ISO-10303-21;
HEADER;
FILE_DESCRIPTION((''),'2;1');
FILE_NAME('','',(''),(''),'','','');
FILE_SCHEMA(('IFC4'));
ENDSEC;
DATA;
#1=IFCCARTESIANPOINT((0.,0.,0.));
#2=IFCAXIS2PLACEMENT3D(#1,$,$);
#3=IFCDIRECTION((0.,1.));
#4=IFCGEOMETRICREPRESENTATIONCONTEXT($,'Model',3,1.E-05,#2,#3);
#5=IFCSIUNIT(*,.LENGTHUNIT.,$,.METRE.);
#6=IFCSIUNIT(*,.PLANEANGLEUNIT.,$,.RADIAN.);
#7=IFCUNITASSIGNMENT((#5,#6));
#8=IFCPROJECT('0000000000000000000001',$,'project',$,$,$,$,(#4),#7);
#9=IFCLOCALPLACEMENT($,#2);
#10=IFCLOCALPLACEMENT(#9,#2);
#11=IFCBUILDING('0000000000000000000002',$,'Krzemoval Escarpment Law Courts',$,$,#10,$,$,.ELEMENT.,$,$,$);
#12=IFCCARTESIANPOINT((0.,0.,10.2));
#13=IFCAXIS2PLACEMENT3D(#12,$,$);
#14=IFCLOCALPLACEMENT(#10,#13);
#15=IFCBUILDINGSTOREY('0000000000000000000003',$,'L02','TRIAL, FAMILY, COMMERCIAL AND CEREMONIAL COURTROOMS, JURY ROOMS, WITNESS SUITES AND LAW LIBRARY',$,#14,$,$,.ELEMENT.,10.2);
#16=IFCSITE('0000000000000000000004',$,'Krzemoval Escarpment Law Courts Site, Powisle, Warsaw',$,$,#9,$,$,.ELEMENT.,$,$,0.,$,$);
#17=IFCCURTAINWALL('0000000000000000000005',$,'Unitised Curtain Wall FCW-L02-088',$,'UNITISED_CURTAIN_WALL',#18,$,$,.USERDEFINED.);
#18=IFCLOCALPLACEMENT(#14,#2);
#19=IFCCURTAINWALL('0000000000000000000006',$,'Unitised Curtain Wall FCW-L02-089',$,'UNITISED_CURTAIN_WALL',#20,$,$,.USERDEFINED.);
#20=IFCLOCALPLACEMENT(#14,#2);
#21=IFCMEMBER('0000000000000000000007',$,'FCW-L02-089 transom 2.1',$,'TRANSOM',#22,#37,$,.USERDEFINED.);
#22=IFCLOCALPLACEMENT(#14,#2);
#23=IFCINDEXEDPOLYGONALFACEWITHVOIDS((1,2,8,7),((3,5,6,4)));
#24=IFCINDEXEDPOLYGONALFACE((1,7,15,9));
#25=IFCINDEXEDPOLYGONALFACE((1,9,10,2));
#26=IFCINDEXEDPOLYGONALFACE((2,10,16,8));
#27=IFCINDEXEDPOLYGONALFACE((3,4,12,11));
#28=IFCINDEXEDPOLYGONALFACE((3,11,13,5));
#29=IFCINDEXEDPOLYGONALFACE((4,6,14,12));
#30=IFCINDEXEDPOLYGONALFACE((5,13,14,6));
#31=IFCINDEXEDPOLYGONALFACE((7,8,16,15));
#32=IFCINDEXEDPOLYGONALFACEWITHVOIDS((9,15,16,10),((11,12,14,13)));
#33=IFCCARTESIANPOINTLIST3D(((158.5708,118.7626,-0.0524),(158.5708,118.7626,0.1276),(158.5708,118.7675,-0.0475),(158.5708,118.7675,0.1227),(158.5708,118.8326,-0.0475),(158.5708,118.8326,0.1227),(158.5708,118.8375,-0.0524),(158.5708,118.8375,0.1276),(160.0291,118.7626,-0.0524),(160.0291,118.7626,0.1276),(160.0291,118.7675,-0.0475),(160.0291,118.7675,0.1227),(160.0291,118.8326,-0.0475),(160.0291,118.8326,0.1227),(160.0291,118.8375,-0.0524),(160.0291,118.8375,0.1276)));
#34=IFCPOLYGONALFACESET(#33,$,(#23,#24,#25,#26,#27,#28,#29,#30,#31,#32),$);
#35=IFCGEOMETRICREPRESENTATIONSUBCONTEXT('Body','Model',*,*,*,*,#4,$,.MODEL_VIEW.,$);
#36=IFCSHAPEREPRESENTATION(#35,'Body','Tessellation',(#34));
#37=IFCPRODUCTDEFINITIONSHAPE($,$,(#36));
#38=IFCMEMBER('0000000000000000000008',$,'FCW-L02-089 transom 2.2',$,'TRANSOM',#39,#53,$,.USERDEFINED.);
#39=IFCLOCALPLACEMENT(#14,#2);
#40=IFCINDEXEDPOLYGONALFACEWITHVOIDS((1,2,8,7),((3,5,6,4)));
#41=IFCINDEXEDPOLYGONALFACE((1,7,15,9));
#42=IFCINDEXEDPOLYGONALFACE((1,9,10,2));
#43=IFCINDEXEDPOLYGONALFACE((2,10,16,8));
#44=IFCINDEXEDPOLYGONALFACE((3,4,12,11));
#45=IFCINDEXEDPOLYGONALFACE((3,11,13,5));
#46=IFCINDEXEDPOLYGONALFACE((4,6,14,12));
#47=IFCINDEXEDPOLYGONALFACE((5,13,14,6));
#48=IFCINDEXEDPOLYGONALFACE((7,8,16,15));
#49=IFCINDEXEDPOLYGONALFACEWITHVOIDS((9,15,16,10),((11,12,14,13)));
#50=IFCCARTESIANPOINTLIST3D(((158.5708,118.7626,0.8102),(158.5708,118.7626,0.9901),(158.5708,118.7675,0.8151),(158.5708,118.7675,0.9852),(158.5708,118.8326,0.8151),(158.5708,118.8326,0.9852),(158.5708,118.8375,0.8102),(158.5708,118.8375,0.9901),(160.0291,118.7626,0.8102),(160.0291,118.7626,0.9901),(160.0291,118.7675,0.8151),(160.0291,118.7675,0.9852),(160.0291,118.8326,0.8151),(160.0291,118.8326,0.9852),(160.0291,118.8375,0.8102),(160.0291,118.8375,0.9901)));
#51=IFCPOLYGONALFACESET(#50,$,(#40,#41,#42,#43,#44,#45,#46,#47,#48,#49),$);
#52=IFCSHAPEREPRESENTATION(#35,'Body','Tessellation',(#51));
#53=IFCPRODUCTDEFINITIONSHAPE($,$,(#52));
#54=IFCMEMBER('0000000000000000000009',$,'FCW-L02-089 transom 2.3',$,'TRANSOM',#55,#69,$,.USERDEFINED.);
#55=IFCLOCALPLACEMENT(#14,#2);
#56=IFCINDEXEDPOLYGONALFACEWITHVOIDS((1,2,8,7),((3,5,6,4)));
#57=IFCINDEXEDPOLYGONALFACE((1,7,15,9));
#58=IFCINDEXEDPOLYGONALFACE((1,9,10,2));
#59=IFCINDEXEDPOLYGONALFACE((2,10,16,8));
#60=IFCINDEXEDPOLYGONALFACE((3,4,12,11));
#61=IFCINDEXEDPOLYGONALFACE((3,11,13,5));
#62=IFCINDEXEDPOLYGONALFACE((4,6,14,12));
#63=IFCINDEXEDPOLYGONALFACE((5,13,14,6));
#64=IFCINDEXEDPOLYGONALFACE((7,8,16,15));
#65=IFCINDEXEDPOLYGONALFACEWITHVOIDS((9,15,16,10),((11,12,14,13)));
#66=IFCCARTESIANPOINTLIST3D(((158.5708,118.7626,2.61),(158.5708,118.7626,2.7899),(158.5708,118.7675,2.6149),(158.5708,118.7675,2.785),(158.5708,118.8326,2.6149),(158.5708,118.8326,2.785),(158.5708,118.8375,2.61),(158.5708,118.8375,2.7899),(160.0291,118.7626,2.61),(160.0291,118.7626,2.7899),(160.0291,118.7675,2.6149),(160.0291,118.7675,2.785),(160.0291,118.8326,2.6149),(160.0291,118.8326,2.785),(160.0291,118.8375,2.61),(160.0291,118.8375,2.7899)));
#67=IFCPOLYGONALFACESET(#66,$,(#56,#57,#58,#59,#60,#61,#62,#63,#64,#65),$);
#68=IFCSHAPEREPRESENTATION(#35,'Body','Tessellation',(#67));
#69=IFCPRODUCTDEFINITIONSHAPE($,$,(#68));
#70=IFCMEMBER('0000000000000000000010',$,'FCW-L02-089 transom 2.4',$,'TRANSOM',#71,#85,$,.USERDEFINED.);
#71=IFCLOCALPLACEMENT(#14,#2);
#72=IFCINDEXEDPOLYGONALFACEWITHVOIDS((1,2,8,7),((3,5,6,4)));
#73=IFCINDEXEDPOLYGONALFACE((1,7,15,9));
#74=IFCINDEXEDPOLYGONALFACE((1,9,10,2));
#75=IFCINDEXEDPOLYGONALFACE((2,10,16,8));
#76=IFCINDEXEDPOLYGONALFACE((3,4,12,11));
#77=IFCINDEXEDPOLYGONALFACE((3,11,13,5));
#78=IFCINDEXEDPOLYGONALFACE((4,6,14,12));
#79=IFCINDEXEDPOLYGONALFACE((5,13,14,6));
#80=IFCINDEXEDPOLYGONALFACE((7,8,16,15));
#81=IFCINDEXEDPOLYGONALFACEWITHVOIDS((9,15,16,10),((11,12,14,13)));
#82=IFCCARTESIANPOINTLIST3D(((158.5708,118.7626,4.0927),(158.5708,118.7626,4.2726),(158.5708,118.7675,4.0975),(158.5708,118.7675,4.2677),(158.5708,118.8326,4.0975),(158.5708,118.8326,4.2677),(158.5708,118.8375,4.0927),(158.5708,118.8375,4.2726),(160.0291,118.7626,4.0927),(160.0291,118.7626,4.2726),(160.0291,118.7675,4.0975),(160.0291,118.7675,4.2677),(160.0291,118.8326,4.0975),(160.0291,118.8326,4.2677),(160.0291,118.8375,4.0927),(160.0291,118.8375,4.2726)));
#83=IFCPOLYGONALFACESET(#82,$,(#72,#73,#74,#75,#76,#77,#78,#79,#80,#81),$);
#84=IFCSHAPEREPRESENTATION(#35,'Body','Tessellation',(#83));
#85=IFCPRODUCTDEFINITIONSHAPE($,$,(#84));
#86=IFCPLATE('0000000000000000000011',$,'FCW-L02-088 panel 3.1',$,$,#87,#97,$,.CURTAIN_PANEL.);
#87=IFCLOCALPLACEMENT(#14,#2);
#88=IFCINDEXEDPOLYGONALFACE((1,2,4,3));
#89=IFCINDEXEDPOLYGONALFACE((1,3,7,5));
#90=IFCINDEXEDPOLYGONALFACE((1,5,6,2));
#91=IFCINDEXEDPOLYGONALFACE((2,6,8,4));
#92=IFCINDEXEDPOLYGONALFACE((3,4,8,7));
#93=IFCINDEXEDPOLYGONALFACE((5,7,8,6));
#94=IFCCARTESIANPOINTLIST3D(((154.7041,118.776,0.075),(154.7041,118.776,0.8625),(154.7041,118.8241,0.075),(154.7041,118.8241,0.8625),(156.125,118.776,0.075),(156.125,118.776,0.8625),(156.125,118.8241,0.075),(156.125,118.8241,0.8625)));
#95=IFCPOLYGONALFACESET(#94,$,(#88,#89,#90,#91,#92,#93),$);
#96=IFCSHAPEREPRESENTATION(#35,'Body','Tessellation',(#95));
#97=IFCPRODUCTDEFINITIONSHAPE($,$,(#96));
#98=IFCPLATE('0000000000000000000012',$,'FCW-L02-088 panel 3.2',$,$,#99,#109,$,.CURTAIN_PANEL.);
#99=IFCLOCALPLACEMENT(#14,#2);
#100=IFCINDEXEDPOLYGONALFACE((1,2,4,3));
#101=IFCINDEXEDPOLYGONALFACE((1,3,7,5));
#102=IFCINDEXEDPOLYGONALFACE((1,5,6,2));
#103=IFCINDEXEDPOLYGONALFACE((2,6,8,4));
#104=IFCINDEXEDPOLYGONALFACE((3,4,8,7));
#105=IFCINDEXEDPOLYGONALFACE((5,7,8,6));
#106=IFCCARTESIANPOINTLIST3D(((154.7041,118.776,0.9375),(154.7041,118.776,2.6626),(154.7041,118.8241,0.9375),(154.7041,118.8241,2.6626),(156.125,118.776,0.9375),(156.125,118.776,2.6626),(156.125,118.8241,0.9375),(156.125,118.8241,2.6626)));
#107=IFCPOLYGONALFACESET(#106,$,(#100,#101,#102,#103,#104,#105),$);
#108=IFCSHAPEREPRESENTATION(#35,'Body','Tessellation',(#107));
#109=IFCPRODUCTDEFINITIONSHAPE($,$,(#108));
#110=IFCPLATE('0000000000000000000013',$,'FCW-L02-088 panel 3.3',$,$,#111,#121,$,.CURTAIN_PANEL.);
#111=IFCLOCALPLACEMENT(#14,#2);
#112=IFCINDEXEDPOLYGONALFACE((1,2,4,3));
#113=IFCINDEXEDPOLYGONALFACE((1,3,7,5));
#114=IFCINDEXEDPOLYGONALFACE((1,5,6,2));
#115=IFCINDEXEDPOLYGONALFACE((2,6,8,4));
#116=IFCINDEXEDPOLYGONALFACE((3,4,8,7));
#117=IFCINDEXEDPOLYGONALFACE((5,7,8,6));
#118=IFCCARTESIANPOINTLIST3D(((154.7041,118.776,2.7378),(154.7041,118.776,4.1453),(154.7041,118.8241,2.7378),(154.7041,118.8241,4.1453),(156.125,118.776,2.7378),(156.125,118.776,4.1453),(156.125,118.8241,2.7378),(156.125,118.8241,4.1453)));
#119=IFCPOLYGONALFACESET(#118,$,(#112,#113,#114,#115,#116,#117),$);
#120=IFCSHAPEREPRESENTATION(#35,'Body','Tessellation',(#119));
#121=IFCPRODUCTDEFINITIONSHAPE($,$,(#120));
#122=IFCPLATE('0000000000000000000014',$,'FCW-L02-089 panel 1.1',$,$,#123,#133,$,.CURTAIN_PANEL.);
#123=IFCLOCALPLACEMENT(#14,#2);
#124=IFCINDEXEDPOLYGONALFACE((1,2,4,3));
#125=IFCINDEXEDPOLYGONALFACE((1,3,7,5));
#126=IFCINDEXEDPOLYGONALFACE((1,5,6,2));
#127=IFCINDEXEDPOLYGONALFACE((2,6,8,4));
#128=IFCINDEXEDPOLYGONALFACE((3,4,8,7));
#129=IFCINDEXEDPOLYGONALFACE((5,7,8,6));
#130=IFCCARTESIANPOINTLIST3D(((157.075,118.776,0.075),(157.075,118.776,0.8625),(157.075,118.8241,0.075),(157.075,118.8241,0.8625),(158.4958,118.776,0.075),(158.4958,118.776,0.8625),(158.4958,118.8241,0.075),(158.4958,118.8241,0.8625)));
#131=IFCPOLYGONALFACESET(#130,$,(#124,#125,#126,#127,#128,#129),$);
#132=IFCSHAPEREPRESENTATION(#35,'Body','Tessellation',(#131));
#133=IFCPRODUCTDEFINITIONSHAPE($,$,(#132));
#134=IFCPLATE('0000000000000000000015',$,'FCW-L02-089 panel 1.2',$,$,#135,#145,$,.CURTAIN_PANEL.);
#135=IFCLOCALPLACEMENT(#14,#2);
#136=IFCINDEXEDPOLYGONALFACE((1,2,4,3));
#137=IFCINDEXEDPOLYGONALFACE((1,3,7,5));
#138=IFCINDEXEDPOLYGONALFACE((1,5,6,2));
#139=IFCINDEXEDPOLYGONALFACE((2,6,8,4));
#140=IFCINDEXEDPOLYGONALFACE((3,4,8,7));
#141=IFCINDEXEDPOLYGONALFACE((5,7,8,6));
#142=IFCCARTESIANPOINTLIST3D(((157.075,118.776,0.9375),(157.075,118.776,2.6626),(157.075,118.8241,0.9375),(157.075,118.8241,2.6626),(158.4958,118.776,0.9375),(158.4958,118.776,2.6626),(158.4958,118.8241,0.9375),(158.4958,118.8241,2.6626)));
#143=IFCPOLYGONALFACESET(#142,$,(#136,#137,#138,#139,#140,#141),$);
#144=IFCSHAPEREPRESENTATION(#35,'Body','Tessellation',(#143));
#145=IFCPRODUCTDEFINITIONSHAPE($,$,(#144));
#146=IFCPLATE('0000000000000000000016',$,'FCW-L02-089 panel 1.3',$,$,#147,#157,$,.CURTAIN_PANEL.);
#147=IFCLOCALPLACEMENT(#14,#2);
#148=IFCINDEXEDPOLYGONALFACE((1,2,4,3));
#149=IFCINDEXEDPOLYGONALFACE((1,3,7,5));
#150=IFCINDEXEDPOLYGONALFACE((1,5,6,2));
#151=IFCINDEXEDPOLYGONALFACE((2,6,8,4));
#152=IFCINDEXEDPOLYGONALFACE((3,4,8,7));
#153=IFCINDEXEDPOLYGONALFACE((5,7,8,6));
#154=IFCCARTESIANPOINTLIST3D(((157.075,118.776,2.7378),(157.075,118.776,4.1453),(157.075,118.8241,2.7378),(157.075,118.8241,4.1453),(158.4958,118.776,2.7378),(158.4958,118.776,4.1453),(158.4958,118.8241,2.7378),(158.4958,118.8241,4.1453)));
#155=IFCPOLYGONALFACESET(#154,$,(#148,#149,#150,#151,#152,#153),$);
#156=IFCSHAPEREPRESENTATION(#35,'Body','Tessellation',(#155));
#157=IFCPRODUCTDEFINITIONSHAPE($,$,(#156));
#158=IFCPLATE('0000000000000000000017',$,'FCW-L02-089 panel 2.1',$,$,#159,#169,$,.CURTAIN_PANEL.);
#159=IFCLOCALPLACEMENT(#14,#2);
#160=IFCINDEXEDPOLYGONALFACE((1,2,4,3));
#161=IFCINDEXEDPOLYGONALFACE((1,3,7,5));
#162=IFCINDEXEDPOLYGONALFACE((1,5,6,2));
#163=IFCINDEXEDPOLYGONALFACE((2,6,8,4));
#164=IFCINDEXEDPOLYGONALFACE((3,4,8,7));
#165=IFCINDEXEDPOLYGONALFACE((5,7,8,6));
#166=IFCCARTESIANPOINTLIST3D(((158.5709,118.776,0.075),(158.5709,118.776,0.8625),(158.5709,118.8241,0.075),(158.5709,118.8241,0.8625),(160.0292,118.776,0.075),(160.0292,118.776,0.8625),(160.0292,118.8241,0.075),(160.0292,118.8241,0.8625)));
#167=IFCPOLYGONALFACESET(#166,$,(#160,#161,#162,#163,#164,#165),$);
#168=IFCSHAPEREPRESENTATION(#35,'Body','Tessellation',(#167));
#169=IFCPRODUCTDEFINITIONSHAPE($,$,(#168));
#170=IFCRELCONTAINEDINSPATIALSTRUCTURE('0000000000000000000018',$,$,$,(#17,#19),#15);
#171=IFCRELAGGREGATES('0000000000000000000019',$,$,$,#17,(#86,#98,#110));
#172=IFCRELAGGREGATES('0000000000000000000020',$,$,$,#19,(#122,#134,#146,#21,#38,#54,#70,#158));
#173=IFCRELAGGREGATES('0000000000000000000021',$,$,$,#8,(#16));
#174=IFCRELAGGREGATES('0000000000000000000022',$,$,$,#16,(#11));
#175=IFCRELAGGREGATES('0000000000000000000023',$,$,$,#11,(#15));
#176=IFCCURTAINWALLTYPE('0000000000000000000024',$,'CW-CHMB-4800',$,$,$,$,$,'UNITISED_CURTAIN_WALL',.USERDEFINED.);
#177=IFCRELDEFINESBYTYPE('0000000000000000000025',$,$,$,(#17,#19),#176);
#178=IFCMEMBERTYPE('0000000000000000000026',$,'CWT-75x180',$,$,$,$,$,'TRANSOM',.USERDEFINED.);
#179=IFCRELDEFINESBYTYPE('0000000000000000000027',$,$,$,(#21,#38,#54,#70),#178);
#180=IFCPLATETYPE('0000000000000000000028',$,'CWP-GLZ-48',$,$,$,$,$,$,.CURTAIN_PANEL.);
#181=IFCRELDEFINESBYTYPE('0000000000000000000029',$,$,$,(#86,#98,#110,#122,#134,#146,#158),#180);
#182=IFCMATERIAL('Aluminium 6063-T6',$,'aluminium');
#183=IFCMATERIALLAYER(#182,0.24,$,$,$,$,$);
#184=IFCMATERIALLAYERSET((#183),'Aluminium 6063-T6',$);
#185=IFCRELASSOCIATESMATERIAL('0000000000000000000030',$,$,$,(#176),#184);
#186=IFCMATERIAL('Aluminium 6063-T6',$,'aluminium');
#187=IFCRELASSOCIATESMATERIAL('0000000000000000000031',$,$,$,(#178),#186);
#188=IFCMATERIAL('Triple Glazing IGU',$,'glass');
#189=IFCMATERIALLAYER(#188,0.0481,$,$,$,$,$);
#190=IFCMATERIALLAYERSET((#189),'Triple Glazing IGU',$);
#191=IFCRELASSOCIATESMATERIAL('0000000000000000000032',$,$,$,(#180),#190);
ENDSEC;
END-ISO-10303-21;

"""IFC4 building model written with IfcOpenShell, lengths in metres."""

from ifc_helpers import new_model, si_unit, direction, frame, origin, origin_2d, place, context, subcontext, project, spatial, rectangle, hollow_rectangle, extrude, material, layer, layer_set, material_profile, profile_set, type_object, element, aggregate, save


model = new_model("IFC4")

# Units and contexts
model_context = context("Model", 3, precision=1e-05, world=origin(), true_north=direction((0.0, 1.0)))
body_context = subcontext(model_context, "Body", "Model", "MODEL_VIEW")
ifc_project = project(units=[si_unit("LENGTHUNIT", "METRE"), si_unit("PLANEANGLEUNIT", "RADIAN")], contexts=[model_context])

# Site, building, storey
site_placement = place(None, origin())
site = spatial("IfcSite", under=ifc_project, at=site_placement, Name="Krzemoval Escarpment Law Courts Site, Powisle, Warsaw", CompositionType="ELEMENT", RefElevation=0.0)
building_placement = place(site_placement, origin())
building = spatial("IfcBuilding", under=site, at=building_placement, Name="Krzemoval Escarpment Law Courts", CompositionType="ELEMENT")
storey_placement = place(building_placement, frame((0.0, 0.0, 10.2)))
storey = spatial("IfcBuildingStorey", under=building, at=storey_placement, Name="L02", Description="TRIAL, FAMILY, COMMERCIAL AND CEREMONIAL COURTROOMS, JURY ROOMS, WITNESS SUITES AND LAW LIBRARY", CompositionType="ELEMENT", Elevation=10.2)

# Curtain wall
ifc_material_1 = material(Name="Aluminium 6063-T6", Category="aluminium")
ifc_layer_1 = layer(ifc_material_1, 0.24)
ifc_layer_set_1 = layer_set([ifc_layer_1], Name="Aluminium 6063-T6")
curtain_wall_type = type_object("IfcCurtainWallType", Name="CW-CHMB-4800", ElementType="UNITISED_CURTAIN_WALL", PredefinedType="USERDEFINED", material=ifc_layer_set_1)
curtain_wall_1_placement = place(storey_placement, origin())
curtain_wall_1 = element("IfcCurtainWall", 1, at=curtain_wall_1_placement, inside=storey, type_object=curtain_wall_type, Name="Unitised Curtain Wall FCW-L02-088", ObjectType="UNITISED_CURTAIN_WALL", PredefinedType="USERDEFINED")

# Curtain wall
curtain_wall_2_placement = place(storey_placement, origin())
curtain_wall_2 = element("IfcCurtainWall", 2, at=curtain_wall_2_placement, inside=storey, type_object=curtain_wall_type, Name="Unitised Curtain Wall FCW-L02-089", ObjectType="UNITISED_CURTAIN_WALL", PredefinedType="USERDEFINED")

# Members
ifc_material_2 = material(Name="Aluminium 6063-T6", Category="aluminium")
ifc_material_profile_1 = material_profile(ifc_material_2, hollow_rectangle(XDim=0.075, YDim=0.1799, WallThickness=0.0049, at=origin_2d()), Name="ALU T75x180")
ifc_profile_set_1 = profile_set([ifc_material_profile_1], Name="Aluminium 6063-T6")
member_type_1 = type_object("IfcMemberType", Name="CWT-75x180", ElementType="TRANSOM", PredefinedType="USERDEFINED", material=ifc_profile_set_1)
member_1_placement = place(storey_placement, frame((158.5708, 118.8, 0.0376), z_axis=(1.0, 0.0, 0.0), x_axis=(0.0, 1.0, 0.0)))
member_1 = element("IfcMember", 3, at=member_1_placement, type_object=member_type_1, Name="FCW-L02-089 transom 2.1", ObjectType="TRANSOM", PredefinedType="USERDEFINED", context=body_context, shape_type="SweptSolid", body=[
    extrude(hollow_rectangle(XDim=0.075, YDim=0.1799, WallThickness=0.0049, at=origin_2d()), origin(), (0.0, 0.0, 1.0), 1.4583),
])
member_2_placement = place(storey_placement, frame((158.5708, 118.8, 0.9001), z_axis=(1.0, 0.0, 0.0), x_axis=(0.0, 1.0, 0.0)))
member_2 = element("IfcMember", 4, at=member_2_placement, type_object=member_type_1, Name="FCW-L02-089 transom 2.2", ObjectType="TRANSOM", PredefinedType="USERDEFINED", context=body_context, shape_type="SweptSolid", body=[
    extrude(hollow_rectangle(XDim=0.075, YDim=0.1799, WallThickness=0.0049, at=origin_2d()), origin(), (0.0, 0.0, 1.0), 1.4583),
])
member_3_placement = place(storey_placement, frame((158.5708, 118.8, 2.7), z_axis=(1.0, 0.0, 0.0), x_axis=(0.0, 1.0, 0.0)))
member_3 = element("IfcMember", 5, at=member_3_placement, type_object=member_type_1, Name="FCW-L02-089 transom 2.3", ObjectType="TRANSOM", PredefinedType="USERDEFINED", context=body_context, shape_type="SweptSolid", body=[
    extrude(hollow_rectangle(XDim=0.075, YDim=0.1799, WallThickness=0.0049, at=origin_2d()), origin(), (0.0, 0.0, 1.0), 1.4583),
])
member_4_placement = place(storey_placement, frame((158.5708, 118.8, 4.1826), z_axis=(1.0, 0.0, 0.0), x_axis=(0.0, 1.0, 0.0)))
member_4 = element("IfcMember", 6, at=member_4_placement, type_object=member_type_1, Name="FCW-L02-089 transom 2.4", ObjectType="TRANSOM", PredefinedType="USERDEFINED", context=body_context, shape_type="SweptSolid", body=[
    extrude(hollow_rectangle(XDim=0.075, YDim=0.1799, WallThickness=0.0049, at=origin_2d()), origin(), (0.0, 0.0, 1.0), 1.4583),
])

# Plates
ifc_material_3 = material(Name="Triple Glazing IGU", Category="glass")
ifc_layer_2 = layer(ifc_material_3, 0.0481)
ifc_layer_set_2 = layer_set([ifc_layer_2], Name="Triple Glazing IGU")
plate_type = type_object("IfcPlateType", Name="CWP-GLZ-48", PredefinedType="CURTAIN_PANEL", material=ifc_layer_set_2)
plate_1_placement = place(storey_placement, frame((155.4146, 118.8, 0.075), z_axis=(0.0, 0.0, 1.0), x_axis=(1.0, 0.0, 0.0)))
plate_1 = element("IfcPlate", 7, at=plate_1_placement, type_object=plate_type, Name="FCW-L02-088 panel 3.1", PredefinedType="CURTAIN_PANEL", context=body_context, shape_type="SweptSolid", body=[
    extrude(rectangle(XDim=1.4209, YDim=0.0481, at=origin_2d()), origin(), (0.0, 0.0, 1.0), 0.7876),
])
plate_2_placement = place(storey_placement, frame((155.4146, 118.8, 0.9375), z_axis=(0.0, 0.0, 1.0), x_axis=(1.0, 0.0, 0.0)))
plate_2 = element("IfcPlate", 8, at=plate_2_placement, type_object=plate_type, Name="FCW-L02-088 panel 3.2", PredefinedType="CURTAIN_PANEL", context=body_context, shape_type="SweptSolid", body=[
    extrude(rectangle(XDim=1.4209, YDim=0.0481, at=origin_2d()), origin(), (0.0, 0.0, 1.0), 1.7251),
])
plate_3_placement = place(storey_placement, frame((155.4146, 118.8, 2.7378), z_axis=(0.0, 0.0, 1.0), x_axis=(1.0, 0.0, 0.0)))
plate_3 = element("IfcPlate", 9, at=plate_3_placement, type_object=plate_type, Name="FCW-L02-088 panel 3.3", PredefinedType="CURTAIN_PANEL", context=body_context, shape_type="SweptSolid", body=[
    extrude(rectangle(XDim=1.4209, YDim=0.0481, at=origin_2d()), origin(), (0.0, 0.0, 1.0), 1.4075),
])
aggregate(curtain_wall_1, [plate_1, plate_2, plate_3])
plate_4_placement = place(storey_placement, frame((157.7854, 118.8, 0.075), z_axis=(0.0, 0.0, 1.0), x_axis=(1.0, 0.0, 0.0)))
plate_4 = element("IfcPlate", 10, at=plate_4_placement, type_object=plate_type, Name="FCW-L02-089 panel 1.1", PredefinedType="CURTAIN_PANEL", context=body_context, shape_type="SweptSolid", body=[
    extrude(rectangle(XDim=1.4209, YDim=0.0481, at=origin_2d()), origin(), (0.0, 0.0, 1.0), 0.7876),
])
plate_5_placement = place(storey_placement, frame((157.7854, 118.8, 0.9375), z_axis=(0.0, 0.0, 1.0), x_axis=(1.0, 0.0, 0.0)))
plate_5 = element("IfcPlate", 11, at=plate_5_placement, type_object=plate_type, Name="FCW-L02-089 panel 1.2", PredefinedType="CURTAIN_PANEL", context=body_context, shape_type="SweptSolid", body=[
    extrude(rectangle(XDim=1.4209, YDim=0.0481, at=origin_2d()), origin(), (0.0, 0.0, 1.0), 1.7251),
])
plate_6_placement = place(storey_placement, frame((157.7854, 118.8, 2.7378), z_axis=(0.0, 0.0, 1.0), x_axis=(1.0, 0.0, 0.0)))
plate_6 = element("IfcPlate", 12, at=plate_6_placement, type_object=plate_type, Name="FCW-L02-089 panel 1.3", PredefinedType="CURTAIN_PANEL", context=body_context, shape_type="SweptSolid", body=[
    extrude(rectangle(XDim=1.4209, YDim=0.0481, at=origin_2d()), origin(), (0.0, 0.0, 1.0), 1.4075),
])
plate_7_placement = place(storey_placement, frame((159.3, 118.8, 0.075), z_axis=(0.0, 0.0, 1.0), x_axis=(1.0, 0.0, 0.0)))
plate_7 = element("IfcPlate", 13, at=plate_7_placement, type_object=plate_type, Name="FCW-L02-089 panel 2.1", PredefinedType="CURTAIN_PANEL", context=body_context, shape_type="SweptSolid", body=[
    extrude(rectangle(XDim=1.4583, YDim=0.0481, at=origin_2d()), origin(), (0.0, 0.0, 1.0), 0.7876),
])
aggregate(curtain_wall_2, [plate_4, plate_5, plate_6, member_1, member_2, member_3, member_4, plate_7])

save(model, "model.ifc")
